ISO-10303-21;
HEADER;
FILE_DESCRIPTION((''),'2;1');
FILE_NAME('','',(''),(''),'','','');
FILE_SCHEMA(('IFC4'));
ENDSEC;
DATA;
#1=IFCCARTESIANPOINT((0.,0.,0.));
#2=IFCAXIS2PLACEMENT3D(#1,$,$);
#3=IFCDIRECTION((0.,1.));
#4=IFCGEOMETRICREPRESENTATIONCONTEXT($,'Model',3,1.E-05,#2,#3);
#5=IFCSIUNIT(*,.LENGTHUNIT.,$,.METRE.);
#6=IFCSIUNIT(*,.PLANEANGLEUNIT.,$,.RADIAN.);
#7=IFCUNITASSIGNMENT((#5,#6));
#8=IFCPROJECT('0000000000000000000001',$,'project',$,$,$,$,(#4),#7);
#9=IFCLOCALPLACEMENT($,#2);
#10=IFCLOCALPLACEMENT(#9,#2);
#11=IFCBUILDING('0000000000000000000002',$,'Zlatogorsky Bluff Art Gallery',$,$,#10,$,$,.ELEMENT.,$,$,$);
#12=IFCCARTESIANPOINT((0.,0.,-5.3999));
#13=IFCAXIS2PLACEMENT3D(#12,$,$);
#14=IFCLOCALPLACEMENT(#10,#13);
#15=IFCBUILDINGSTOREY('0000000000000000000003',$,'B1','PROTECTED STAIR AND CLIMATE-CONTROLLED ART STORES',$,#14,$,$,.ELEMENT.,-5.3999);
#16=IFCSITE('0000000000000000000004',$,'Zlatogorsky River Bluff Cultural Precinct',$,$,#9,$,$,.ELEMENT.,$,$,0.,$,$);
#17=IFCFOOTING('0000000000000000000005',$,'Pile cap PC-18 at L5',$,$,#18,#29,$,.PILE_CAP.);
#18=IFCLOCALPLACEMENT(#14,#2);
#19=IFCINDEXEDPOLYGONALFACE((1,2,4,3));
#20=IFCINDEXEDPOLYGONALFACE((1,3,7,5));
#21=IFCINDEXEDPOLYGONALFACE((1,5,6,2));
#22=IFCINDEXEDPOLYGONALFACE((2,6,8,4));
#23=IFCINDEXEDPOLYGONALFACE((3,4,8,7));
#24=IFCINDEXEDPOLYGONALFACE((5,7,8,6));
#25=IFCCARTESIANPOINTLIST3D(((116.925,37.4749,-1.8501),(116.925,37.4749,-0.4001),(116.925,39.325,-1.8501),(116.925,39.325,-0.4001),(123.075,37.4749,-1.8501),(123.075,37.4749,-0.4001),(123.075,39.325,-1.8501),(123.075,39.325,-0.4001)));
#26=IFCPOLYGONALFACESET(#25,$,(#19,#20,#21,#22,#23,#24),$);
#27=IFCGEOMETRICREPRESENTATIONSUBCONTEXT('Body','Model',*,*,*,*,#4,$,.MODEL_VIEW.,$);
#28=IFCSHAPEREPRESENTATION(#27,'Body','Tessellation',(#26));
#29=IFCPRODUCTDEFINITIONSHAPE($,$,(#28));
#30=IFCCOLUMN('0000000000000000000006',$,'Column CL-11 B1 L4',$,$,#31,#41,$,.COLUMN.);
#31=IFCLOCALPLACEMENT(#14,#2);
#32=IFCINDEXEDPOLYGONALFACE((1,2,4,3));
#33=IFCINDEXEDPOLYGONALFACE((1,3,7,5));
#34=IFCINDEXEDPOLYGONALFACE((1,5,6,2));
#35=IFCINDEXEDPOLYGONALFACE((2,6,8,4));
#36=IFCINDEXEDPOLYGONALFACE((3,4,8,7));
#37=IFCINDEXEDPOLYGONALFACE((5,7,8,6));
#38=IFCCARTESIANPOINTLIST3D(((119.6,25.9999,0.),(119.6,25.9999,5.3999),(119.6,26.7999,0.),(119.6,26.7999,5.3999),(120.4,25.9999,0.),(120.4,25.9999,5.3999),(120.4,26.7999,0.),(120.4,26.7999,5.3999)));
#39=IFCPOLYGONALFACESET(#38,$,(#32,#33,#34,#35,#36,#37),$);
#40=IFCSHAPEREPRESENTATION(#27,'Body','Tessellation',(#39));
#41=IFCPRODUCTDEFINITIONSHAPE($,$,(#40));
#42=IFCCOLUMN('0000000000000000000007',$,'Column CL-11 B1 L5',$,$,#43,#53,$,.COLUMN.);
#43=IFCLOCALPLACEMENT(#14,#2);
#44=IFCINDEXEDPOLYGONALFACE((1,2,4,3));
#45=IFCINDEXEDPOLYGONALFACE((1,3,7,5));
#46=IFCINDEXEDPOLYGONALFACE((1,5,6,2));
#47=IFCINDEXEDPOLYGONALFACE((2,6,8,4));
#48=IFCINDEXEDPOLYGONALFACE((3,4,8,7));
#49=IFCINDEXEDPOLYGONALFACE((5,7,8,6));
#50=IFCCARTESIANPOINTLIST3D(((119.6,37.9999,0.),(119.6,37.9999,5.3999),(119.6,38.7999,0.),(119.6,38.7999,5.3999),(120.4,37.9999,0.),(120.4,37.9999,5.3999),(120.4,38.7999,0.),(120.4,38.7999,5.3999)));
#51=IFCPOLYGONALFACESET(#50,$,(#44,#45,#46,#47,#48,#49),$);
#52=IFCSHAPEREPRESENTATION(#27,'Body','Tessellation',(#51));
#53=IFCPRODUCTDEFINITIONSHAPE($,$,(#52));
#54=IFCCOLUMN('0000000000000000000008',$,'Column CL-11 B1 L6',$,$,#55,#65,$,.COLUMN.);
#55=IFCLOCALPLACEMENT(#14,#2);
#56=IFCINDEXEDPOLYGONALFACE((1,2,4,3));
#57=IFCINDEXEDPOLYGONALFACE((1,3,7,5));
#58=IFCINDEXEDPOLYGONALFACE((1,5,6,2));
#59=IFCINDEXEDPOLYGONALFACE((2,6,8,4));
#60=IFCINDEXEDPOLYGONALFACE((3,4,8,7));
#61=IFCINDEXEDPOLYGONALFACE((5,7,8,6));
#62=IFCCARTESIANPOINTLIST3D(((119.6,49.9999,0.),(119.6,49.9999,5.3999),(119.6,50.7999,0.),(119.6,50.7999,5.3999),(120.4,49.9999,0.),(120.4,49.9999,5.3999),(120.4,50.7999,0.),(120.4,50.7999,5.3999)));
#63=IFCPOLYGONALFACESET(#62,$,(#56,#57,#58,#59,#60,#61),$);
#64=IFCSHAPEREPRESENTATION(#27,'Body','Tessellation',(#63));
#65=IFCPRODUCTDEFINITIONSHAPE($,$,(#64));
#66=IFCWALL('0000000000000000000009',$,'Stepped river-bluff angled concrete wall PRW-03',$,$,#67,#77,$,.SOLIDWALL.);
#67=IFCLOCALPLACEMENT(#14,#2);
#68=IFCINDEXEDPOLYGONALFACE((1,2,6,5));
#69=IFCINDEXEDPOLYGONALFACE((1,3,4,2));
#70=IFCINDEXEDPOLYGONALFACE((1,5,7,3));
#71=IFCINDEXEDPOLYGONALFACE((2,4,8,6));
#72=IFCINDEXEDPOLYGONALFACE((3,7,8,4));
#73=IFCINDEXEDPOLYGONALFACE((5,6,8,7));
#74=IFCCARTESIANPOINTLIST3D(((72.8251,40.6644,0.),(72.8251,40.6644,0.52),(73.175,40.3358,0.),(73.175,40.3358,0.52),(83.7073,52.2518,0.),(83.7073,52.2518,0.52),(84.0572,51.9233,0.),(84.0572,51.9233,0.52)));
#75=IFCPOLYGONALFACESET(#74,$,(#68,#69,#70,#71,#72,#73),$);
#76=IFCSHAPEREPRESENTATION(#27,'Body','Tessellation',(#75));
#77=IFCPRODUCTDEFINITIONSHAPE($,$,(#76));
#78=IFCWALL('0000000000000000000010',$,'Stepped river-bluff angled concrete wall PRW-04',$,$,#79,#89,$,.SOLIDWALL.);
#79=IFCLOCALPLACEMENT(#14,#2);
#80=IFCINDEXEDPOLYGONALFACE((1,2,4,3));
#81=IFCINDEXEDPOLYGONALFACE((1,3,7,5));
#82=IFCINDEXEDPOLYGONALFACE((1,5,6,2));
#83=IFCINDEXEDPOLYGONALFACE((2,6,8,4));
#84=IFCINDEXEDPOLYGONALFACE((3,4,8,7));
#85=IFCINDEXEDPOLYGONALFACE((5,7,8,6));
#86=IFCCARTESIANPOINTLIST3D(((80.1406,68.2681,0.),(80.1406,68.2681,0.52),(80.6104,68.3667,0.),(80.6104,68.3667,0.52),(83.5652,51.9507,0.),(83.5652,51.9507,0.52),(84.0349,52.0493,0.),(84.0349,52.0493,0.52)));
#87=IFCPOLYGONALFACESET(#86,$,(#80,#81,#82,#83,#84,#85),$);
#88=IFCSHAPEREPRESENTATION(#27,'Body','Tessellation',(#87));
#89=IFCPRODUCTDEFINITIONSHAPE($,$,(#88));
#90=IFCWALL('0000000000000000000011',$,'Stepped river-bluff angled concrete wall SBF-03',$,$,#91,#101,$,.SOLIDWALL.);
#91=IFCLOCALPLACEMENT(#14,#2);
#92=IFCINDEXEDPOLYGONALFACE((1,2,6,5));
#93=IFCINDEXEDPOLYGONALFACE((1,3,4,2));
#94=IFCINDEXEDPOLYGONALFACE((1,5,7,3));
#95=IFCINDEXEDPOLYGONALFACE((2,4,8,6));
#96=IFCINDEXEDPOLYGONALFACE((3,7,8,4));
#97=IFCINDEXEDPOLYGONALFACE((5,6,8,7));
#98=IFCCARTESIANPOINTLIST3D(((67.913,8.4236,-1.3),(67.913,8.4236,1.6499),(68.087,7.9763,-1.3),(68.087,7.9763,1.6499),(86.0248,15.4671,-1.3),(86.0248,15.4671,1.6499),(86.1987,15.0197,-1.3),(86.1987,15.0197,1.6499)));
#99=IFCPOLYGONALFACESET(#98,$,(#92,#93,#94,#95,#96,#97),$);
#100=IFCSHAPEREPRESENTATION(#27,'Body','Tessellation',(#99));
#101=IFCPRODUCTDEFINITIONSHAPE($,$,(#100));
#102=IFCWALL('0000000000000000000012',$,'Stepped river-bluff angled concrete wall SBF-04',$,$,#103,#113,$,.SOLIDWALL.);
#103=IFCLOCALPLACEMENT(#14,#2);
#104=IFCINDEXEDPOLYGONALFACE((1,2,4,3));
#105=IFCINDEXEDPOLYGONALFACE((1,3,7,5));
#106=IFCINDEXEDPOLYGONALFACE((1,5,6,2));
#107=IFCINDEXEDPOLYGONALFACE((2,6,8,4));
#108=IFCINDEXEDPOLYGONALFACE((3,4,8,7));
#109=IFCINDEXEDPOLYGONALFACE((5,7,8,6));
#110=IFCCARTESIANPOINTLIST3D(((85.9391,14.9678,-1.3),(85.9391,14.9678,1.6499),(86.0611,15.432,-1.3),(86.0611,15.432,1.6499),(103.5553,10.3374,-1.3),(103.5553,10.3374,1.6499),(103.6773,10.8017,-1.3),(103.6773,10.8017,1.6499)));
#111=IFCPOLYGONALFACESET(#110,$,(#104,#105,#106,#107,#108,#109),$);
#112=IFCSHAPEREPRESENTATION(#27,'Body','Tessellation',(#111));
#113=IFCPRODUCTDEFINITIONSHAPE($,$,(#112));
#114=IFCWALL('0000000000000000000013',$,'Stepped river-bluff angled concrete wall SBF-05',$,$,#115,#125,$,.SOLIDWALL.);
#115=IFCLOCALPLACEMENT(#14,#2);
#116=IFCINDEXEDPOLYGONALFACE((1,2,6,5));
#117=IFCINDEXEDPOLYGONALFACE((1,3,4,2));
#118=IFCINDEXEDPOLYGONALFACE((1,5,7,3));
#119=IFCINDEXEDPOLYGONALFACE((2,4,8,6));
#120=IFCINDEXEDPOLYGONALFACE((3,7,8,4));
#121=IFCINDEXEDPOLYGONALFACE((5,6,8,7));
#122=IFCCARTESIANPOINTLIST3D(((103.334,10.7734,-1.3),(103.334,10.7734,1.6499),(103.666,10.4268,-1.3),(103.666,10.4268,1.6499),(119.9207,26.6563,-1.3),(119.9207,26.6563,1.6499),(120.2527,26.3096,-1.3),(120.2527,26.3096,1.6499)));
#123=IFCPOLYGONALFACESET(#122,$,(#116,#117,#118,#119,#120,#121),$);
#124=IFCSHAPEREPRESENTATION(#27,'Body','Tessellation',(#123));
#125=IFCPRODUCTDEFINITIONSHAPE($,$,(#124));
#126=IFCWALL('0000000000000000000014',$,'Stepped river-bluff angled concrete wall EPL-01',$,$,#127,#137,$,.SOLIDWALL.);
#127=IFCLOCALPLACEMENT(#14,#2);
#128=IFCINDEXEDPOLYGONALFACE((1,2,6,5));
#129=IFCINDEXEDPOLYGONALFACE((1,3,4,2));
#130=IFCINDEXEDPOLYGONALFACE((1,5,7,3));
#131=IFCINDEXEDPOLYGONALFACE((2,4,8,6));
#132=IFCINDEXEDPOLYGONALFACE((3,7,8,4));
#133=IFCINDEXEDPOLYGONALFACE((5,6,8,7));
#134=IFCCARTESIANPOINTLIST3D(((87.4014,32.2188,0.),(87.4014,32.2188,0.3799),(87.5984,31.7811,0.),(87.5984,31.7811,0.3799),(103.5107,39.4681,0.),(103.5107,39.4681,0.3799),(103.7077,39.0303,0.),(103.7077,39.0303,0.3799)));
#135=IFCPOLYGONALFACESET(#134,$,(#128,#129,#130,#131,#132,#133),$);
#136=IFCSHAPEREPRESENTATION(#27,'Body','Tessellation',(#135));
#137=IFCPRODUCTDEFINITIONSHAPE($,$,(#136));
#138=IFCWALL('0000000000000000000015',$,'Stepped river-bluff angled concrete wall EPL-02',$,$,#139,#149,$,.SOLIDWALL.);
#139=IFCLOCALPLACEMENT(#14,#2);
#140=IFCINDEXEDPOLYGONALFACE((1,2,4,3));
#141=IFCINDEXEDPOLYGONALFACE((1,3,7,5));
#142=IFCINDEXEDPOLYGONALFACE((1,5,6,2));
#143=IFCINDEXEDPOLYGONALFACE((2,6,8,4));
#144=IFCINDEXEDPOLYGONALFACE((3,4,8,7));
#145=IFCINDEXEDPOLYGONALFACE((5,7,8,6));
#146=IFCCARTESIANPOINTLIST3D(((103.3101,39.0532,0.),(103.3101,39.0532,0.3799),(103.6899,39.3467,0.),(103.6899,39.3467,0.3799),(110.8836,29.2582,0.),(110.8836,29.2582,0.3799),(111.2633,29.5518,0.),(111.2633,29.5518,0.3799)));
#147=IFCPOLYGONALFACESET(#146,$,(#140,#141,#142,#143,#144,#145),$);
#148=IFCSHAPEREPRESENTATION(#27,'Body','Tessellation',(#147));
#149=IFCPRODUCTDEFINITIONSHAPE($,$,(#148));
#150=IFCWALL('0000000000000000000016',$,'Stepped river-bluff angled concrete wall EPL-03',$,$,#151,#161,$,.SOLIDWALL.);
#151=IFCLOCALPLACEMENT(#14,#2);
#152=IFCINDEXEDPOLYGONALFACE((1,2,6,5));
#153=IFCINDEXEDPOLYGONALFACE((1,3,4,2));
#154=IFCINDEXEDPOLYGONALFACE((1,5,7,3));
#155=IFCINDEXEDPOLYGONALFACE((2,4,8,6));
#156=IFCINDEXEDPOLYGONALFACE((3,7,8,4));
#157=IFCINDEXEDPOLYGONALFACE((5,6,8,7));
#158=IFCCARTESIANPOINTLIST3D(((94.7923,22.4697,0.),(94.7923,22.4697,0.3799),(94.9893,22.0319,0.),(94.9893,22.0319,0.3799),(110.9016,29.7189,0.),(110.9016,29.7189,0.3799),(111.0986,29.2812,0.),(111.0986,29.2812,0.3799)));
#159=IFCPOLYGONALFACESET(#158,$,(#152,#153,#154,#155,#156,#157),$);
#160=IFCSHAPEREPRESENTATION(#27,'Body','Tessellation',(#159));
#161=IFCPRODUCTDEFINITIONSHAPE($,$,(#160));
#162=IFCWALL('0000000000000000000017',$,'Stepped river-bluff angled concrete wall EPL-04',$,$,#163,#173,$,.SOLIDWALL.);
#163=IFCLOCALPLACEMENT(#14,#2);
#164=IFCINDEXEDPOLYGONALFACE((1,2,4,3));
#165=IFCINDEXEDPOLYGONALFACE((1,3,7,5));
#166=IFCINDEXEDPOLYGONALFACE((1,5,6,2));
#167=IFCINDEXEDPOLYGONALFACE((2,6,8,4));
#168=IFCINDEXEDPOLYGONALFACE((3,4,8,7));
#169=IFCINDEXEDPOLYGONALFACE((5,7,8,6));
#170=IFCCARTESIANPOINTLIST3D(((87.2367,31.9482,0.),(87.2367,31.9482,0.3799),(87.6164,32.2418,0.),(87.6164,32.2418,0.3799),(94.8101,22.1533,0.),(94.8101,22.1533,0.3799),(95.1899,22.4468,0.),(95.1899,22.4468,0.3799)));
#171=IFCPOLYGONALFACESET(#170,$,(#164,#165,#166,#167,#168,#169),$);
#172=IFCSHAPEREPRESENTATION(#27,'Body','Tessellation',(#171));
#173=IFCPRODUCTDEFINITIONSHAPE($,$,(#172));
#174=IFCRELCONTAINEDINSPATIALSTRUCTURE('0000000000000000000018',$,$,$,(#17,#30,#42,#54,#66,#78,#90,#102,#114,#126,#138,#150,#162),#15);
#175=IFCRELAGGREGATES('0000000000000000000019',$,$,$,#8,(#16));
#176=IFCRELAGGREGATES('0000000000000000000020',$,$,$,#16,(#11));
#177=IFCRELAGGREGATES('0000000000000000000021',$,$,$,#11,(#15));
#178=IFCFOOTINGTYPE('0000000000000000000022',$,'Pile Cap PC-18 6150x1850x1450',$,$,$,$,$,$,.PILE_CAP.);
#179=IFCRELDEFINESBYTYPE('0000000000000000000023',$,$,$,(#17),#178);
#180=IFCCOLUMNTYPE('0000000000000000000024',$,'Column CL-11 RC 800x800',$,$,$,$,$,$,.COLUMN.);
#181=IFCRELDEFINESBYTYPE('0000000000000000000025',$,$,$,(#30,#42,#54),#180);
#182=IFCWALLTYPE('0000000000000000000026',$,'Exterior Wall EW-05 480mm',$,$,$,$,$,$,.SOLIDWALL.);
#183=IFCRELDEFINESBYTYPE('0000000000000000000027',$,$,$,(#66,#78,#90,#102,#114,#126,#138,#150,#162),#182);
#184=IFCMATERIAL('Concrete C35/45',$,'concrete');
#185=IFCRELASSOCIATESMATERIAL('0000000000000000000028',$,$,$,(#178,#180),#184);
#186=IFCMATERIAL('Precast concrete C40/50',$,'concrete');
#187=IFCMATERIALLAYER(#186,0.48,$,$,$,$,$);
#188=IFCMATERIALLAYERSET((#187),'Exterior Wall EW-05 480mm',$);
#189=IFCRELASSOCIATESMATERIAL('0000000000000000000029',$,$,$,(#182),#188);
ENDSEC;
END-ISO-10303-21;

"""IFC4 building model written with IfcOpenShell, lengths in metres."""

from ifc_helpers import new_model, si_unit, direction, frame, frame_2d, origin, origin_2d, place, context, subcontext, project, spatial, rectangle, extrude, material, layer, layer_set, material_profile, profile_set, type_object, element, save


model = new_model("IFC4")

# Units and contexts
model_context = context("Model", 3, precision=1e-05, world=origin(), true_north=direction((0.0, 1.0)))
body_context = subcontext(model_context, "Body", "Model", "MODEL_VIEW")
ifc_project = project(units=[si_unit("LENGTHUNIT", "METRE"), si_unit("PLANEANGLEUNIT", "RADIAN")], contexts=[model_context])

# Site, building, storey
site_placement = place(None, origin())
site = spatial("IfcSite", under=ifc_project, at=site_placement, Name="Zlatogorsky River Bluff Cultural Precinct", CompositionType="ELEMENT", RefElevation=0.0)
building_placement = place(site_placement, origin())
building = spatial("IfcBuilding", under=site, at=building_placement, Name="Zlatogorsky Bluff Art Gallery", CompositionType="ELEMENT")
storey_placement = place(building_placement, frame((0.0, 0.0, -5.3999)))
storey = spatial("IfcBuildingStorey", under=building, at=storey_placement, Name="B1", Description="PROTECTED STAIR AND CLIMATE-CONTROLLED ART STORES", CompositionType="ELEMENT", Elevation=-5.3999)

# Shared definitions
ifc_material_1 = material(Name="Concrete C35/45", Category="concrete")

# Footing
footing_type_1 = type_object("IfcFootingType", Name="Pile Cap PC-18 6150x1850x1450", PredefinedType="PILE_CAP", material=ifc_material_1)
footing_1_placement = place(storey_placement, frame((120.0, 38.3999, -1.8501), z_axis=(0.0, 0.0, 1.0), x_axis=(1.0, 0.0, 0.0)))
element("IfcFooting", 1, at=footing_1_placement, inside=storey, type_object=footing_type_1, Name="Pile cap PC-18 at L5", PredefinedType="PILE_CAP", context=body_context, shape_type="SweptSolid", body=[
    extrude(rectangle(XDim=6.1499, YDim=1.8501, at=origin_2d()), origin(), (0.0, 0.0, 1.0), 1.45),
])

# Columns
ifc_material_profile_1 = material_profile(ifc_material_1, rectangle(XDim=0.8, YDim=0.8, at=origin_2d()), Name="RC 800x800")
ifc_profile_set_1 = profile_set([ifc_material_profile_1], Name="Concrete C35/45")
column_type = type_object("IfcColumnType", Name="Column CL-11 RC 800x800", PredefinedType="COLUMN", material=ifc_profile_set_1)
for number, where, z_axis, x_axis, name in (
    (2, (120.0, 26.3999, 0.0), (0.0, 0.0, 1.0), (1.0, 0.0, 0.0), "Column CL-11 B1 L4"),
    (3, (120.0, 38.3999, 0.0), (0.0, 0.0, 1.0), (1.0, 0.0, 0.0), "Column CL-11 B1 L5"),
    (4, (120.0, 50.3999, 0.0), (0.0, 0.0, 1.0), (1.0, 0.0, 0.0), "Column CL-11 B1 L6"),
):
    element("IfcColumn", number, at=place(storey_placement, frame(where, z_axis=z_axis, x_axis=x_axis)), inside=storey, type_object=column_type, Name=name, PredefinedType="COLUMN", context=body_context, shape_type="SweptSolid", body=[
        extrude(rectangle(XDim=0.8, YDim=0.8, at=origin_2d()), origin(), (0.0, 0.0, 1.0), 5.3999),
    ])

# Walls
ifc_material_2 = material(Name="Precast concrete C40/50", Category="concrete")
ifc_layer_1 = layer(ifc_material_2, 0.48)
ifc_layer_set_1 = layer_set([ifc_layer_1], Name="Exterior Wall EW-05 480mm")
wall_type = type_object("IfcWallType", Name="Exterior Wall EW-05 480mm", PredefinedType="SOLIDWALL", material=ifc_layer_set_1)
wall_1_placement = place(storey_placement, frame((73.0, 40.5, 0.0), z_axis=(0.0, 0.0, 1.0), x_axis=(0.684573, 0.728944, 0.0)))
element("IfcWall", 5, at=wall_1_placement, inside=storey, type_object=wall_type, Name="Stepped river-bluff angled concrete wall PRW-03", PredefinedType="SOLIDWALL", context=body_context, shape_type="SweptSolid", body=[
    extrude(rectangle(XDim=15.8962, YDim=0.48, at=frame_2d((7.9482, 0.0))), origin(), (0.0, 0.0, 1.0), 0.52),
])
wall_2_placement = place(storey_placement, frame((83.8, 52.0, 0.0), z_axis=(0.0, 0.0, 1.0), x_axis=(-0.205397, 0.978679, 0.0)))
element("IfcWall", 6, at=wall_2_placement, inside=storey, type_object=wall_type, Name="Stepped river-bluff angled concrete wall PRW-04", PredefinedType="SOLIDWALL", context=body_context, shape_type="SweptSolid", body=[
    extrude(rectangle(XDim=16.6729, YDim=0.48, at=frame_2d((8.3364, 0.0))), origin(), (0.0, 0.0, 1.0), 0.52),
])
wall_3_placement = place(storey_placement, frame((68.0, 8.2, -1.3), z_axis=(0.0, 0.0, 1.0), x_axis=(0.932005, 0.362445, 0.0)))
element("IfcWall", 7, at=wall_3_placement, inside=storey, type_object=wall_type, Name="Stepped river-bluff angled concrete wall SBF-03", PredefinedType="SOLIDWALL", context=body_context, shape_type="SweptSolid", body=[
    extrude(rectangle(XDim=19.4331, YDim=0.48, at=frame_2d((9.7166, 0.0))), origin(), (0.0, 0.0, 1.0), 2.95),
])
wall_4_placement = place(storey_placement, frame((86.0, 15.2, -1.3), z_axis=(0.0, 0.0, 1.0), x_axis=(0.967148, -0.254212, 0.0)))
element("IfcWall", 8, at=wall_4_placement, inside=storey, type_object=wall_type, Name="Stepped river-bluff angled concrete wall SBF-04", PredefinedType="SOLIDWALL", context=body_context, shape_type="SweptSolid", body=[
    extrude(rectangle(XDim=18.2146, YDim=0.48, at=frame_2d((9.1074, 0.0))), origin(), (0.0, 0.0, 1.0), 2.95),
])
wall_5_placement = place(storey_placement, frame((103.5, 10.6001, -1.3), z_axis=(0.0, 0.0, 1.0), x_axis=(0.722265, 0.691616, 0.0)))
element("IfcWall", 9, at=wall_5_placement, inside=storey, type_object=wall_type, Name="Stepped river-bluff angled concrete wall SBF-05", PredefinedType="SOLIDWALL", context=body_context, shape_type="SweptSolid", body=[
    extrude(rectangle(XDim=22.9648, YDim=0.48, at=frame_2d((11.4824, 0.0))), origin(), (0.0, 0.0, 1.0), 2.95),
])
wall_6_placement = place(storey_placement, frame((87.5, 32.0, 0.0), z_axis=(0.0, 0.0, 1.0), x_axis=(0.91192, 0.410367, 0.0)))
element("IfcWall", 10, at=wall_6_placement, inside=storey, type_object=wall_type, Name="Stepped river-bluff angled concrete wall EPL-01", PredefinedType="SOLIDWALL", context=body_context, shape_type="SweptSolid", body=[
    extrude(rectangle(XDim=17.6653, YDim=0.48, at=frame_2d((8.8325, 0.0))), origin(), (0.0, 0.0, 1.0), 0.3799),
])
wall_7_placement = place(storey_placement, frame((103.5, 39.2, 0.0), z_axis=(0.0, 0.0, 1.0), x_axis=(0.611684, -0.791102, 0.0)))
element("IfcWall", 11, at=wall_7_placement, inside=storey, type_object=wall_type, Name="Stepped river-bluff angled concrete wall EPL-02", PredefinedType="SOLIDWALL", context=body_context, shape_type="SweptSolid", body=[
    extrude(rectangle(XDim=12.3813, YDim=0.48, at=frame_2d((6.1907, 0.0))), origin(), (0.0, 0.0, 1.0), 0.3799),
])
wall_8_placement = place(storey_placement, frame((111.0, 29.5, 0.0), z_axis=(0.0, 0.0, 1.0), x_axis=(-0.91192, -0.410367, 0.0)))
element("IfcWall", 12, at=wall_8_placement, inside=storey, type_object=wall_type, Name="Stepped river-bluff angled concrete wall EPL-03", PredefinedType="SOLIDWALL", context=body_context, shape_type="SweptSolid", body=[
    extrude(rectangle(XDim=17.6653, YDim=0.48, at=frame_2d((8.8325, 0.0))), origin(), (0.0, 0.0, 1.0), 0.3799),
])
wall_9_placement = place(storey_placement, frame((95.0, 22.3, 0.0), z_axis=(0.0, 0.0, 1.0), x_axis=(-0.611684, 0.791102, 0.0)))
element("IfcWall", 13, at=wall_9_placement, inside=storey, type_object=wall_type, Name="Stepped river-bluff angled concrete wall EPL-04", PredefinedType="SOLIDWALL", context=body_context, shape_type="SweptSolid", body=[
    extrude(rectangle(XDim=12.3813, YDim=0.48, at=frame_2d((6.1907, 0.0))), origin(), (0.0, 0.0, 1.0), 0.3799),
])

save(model, "model.ifc")
